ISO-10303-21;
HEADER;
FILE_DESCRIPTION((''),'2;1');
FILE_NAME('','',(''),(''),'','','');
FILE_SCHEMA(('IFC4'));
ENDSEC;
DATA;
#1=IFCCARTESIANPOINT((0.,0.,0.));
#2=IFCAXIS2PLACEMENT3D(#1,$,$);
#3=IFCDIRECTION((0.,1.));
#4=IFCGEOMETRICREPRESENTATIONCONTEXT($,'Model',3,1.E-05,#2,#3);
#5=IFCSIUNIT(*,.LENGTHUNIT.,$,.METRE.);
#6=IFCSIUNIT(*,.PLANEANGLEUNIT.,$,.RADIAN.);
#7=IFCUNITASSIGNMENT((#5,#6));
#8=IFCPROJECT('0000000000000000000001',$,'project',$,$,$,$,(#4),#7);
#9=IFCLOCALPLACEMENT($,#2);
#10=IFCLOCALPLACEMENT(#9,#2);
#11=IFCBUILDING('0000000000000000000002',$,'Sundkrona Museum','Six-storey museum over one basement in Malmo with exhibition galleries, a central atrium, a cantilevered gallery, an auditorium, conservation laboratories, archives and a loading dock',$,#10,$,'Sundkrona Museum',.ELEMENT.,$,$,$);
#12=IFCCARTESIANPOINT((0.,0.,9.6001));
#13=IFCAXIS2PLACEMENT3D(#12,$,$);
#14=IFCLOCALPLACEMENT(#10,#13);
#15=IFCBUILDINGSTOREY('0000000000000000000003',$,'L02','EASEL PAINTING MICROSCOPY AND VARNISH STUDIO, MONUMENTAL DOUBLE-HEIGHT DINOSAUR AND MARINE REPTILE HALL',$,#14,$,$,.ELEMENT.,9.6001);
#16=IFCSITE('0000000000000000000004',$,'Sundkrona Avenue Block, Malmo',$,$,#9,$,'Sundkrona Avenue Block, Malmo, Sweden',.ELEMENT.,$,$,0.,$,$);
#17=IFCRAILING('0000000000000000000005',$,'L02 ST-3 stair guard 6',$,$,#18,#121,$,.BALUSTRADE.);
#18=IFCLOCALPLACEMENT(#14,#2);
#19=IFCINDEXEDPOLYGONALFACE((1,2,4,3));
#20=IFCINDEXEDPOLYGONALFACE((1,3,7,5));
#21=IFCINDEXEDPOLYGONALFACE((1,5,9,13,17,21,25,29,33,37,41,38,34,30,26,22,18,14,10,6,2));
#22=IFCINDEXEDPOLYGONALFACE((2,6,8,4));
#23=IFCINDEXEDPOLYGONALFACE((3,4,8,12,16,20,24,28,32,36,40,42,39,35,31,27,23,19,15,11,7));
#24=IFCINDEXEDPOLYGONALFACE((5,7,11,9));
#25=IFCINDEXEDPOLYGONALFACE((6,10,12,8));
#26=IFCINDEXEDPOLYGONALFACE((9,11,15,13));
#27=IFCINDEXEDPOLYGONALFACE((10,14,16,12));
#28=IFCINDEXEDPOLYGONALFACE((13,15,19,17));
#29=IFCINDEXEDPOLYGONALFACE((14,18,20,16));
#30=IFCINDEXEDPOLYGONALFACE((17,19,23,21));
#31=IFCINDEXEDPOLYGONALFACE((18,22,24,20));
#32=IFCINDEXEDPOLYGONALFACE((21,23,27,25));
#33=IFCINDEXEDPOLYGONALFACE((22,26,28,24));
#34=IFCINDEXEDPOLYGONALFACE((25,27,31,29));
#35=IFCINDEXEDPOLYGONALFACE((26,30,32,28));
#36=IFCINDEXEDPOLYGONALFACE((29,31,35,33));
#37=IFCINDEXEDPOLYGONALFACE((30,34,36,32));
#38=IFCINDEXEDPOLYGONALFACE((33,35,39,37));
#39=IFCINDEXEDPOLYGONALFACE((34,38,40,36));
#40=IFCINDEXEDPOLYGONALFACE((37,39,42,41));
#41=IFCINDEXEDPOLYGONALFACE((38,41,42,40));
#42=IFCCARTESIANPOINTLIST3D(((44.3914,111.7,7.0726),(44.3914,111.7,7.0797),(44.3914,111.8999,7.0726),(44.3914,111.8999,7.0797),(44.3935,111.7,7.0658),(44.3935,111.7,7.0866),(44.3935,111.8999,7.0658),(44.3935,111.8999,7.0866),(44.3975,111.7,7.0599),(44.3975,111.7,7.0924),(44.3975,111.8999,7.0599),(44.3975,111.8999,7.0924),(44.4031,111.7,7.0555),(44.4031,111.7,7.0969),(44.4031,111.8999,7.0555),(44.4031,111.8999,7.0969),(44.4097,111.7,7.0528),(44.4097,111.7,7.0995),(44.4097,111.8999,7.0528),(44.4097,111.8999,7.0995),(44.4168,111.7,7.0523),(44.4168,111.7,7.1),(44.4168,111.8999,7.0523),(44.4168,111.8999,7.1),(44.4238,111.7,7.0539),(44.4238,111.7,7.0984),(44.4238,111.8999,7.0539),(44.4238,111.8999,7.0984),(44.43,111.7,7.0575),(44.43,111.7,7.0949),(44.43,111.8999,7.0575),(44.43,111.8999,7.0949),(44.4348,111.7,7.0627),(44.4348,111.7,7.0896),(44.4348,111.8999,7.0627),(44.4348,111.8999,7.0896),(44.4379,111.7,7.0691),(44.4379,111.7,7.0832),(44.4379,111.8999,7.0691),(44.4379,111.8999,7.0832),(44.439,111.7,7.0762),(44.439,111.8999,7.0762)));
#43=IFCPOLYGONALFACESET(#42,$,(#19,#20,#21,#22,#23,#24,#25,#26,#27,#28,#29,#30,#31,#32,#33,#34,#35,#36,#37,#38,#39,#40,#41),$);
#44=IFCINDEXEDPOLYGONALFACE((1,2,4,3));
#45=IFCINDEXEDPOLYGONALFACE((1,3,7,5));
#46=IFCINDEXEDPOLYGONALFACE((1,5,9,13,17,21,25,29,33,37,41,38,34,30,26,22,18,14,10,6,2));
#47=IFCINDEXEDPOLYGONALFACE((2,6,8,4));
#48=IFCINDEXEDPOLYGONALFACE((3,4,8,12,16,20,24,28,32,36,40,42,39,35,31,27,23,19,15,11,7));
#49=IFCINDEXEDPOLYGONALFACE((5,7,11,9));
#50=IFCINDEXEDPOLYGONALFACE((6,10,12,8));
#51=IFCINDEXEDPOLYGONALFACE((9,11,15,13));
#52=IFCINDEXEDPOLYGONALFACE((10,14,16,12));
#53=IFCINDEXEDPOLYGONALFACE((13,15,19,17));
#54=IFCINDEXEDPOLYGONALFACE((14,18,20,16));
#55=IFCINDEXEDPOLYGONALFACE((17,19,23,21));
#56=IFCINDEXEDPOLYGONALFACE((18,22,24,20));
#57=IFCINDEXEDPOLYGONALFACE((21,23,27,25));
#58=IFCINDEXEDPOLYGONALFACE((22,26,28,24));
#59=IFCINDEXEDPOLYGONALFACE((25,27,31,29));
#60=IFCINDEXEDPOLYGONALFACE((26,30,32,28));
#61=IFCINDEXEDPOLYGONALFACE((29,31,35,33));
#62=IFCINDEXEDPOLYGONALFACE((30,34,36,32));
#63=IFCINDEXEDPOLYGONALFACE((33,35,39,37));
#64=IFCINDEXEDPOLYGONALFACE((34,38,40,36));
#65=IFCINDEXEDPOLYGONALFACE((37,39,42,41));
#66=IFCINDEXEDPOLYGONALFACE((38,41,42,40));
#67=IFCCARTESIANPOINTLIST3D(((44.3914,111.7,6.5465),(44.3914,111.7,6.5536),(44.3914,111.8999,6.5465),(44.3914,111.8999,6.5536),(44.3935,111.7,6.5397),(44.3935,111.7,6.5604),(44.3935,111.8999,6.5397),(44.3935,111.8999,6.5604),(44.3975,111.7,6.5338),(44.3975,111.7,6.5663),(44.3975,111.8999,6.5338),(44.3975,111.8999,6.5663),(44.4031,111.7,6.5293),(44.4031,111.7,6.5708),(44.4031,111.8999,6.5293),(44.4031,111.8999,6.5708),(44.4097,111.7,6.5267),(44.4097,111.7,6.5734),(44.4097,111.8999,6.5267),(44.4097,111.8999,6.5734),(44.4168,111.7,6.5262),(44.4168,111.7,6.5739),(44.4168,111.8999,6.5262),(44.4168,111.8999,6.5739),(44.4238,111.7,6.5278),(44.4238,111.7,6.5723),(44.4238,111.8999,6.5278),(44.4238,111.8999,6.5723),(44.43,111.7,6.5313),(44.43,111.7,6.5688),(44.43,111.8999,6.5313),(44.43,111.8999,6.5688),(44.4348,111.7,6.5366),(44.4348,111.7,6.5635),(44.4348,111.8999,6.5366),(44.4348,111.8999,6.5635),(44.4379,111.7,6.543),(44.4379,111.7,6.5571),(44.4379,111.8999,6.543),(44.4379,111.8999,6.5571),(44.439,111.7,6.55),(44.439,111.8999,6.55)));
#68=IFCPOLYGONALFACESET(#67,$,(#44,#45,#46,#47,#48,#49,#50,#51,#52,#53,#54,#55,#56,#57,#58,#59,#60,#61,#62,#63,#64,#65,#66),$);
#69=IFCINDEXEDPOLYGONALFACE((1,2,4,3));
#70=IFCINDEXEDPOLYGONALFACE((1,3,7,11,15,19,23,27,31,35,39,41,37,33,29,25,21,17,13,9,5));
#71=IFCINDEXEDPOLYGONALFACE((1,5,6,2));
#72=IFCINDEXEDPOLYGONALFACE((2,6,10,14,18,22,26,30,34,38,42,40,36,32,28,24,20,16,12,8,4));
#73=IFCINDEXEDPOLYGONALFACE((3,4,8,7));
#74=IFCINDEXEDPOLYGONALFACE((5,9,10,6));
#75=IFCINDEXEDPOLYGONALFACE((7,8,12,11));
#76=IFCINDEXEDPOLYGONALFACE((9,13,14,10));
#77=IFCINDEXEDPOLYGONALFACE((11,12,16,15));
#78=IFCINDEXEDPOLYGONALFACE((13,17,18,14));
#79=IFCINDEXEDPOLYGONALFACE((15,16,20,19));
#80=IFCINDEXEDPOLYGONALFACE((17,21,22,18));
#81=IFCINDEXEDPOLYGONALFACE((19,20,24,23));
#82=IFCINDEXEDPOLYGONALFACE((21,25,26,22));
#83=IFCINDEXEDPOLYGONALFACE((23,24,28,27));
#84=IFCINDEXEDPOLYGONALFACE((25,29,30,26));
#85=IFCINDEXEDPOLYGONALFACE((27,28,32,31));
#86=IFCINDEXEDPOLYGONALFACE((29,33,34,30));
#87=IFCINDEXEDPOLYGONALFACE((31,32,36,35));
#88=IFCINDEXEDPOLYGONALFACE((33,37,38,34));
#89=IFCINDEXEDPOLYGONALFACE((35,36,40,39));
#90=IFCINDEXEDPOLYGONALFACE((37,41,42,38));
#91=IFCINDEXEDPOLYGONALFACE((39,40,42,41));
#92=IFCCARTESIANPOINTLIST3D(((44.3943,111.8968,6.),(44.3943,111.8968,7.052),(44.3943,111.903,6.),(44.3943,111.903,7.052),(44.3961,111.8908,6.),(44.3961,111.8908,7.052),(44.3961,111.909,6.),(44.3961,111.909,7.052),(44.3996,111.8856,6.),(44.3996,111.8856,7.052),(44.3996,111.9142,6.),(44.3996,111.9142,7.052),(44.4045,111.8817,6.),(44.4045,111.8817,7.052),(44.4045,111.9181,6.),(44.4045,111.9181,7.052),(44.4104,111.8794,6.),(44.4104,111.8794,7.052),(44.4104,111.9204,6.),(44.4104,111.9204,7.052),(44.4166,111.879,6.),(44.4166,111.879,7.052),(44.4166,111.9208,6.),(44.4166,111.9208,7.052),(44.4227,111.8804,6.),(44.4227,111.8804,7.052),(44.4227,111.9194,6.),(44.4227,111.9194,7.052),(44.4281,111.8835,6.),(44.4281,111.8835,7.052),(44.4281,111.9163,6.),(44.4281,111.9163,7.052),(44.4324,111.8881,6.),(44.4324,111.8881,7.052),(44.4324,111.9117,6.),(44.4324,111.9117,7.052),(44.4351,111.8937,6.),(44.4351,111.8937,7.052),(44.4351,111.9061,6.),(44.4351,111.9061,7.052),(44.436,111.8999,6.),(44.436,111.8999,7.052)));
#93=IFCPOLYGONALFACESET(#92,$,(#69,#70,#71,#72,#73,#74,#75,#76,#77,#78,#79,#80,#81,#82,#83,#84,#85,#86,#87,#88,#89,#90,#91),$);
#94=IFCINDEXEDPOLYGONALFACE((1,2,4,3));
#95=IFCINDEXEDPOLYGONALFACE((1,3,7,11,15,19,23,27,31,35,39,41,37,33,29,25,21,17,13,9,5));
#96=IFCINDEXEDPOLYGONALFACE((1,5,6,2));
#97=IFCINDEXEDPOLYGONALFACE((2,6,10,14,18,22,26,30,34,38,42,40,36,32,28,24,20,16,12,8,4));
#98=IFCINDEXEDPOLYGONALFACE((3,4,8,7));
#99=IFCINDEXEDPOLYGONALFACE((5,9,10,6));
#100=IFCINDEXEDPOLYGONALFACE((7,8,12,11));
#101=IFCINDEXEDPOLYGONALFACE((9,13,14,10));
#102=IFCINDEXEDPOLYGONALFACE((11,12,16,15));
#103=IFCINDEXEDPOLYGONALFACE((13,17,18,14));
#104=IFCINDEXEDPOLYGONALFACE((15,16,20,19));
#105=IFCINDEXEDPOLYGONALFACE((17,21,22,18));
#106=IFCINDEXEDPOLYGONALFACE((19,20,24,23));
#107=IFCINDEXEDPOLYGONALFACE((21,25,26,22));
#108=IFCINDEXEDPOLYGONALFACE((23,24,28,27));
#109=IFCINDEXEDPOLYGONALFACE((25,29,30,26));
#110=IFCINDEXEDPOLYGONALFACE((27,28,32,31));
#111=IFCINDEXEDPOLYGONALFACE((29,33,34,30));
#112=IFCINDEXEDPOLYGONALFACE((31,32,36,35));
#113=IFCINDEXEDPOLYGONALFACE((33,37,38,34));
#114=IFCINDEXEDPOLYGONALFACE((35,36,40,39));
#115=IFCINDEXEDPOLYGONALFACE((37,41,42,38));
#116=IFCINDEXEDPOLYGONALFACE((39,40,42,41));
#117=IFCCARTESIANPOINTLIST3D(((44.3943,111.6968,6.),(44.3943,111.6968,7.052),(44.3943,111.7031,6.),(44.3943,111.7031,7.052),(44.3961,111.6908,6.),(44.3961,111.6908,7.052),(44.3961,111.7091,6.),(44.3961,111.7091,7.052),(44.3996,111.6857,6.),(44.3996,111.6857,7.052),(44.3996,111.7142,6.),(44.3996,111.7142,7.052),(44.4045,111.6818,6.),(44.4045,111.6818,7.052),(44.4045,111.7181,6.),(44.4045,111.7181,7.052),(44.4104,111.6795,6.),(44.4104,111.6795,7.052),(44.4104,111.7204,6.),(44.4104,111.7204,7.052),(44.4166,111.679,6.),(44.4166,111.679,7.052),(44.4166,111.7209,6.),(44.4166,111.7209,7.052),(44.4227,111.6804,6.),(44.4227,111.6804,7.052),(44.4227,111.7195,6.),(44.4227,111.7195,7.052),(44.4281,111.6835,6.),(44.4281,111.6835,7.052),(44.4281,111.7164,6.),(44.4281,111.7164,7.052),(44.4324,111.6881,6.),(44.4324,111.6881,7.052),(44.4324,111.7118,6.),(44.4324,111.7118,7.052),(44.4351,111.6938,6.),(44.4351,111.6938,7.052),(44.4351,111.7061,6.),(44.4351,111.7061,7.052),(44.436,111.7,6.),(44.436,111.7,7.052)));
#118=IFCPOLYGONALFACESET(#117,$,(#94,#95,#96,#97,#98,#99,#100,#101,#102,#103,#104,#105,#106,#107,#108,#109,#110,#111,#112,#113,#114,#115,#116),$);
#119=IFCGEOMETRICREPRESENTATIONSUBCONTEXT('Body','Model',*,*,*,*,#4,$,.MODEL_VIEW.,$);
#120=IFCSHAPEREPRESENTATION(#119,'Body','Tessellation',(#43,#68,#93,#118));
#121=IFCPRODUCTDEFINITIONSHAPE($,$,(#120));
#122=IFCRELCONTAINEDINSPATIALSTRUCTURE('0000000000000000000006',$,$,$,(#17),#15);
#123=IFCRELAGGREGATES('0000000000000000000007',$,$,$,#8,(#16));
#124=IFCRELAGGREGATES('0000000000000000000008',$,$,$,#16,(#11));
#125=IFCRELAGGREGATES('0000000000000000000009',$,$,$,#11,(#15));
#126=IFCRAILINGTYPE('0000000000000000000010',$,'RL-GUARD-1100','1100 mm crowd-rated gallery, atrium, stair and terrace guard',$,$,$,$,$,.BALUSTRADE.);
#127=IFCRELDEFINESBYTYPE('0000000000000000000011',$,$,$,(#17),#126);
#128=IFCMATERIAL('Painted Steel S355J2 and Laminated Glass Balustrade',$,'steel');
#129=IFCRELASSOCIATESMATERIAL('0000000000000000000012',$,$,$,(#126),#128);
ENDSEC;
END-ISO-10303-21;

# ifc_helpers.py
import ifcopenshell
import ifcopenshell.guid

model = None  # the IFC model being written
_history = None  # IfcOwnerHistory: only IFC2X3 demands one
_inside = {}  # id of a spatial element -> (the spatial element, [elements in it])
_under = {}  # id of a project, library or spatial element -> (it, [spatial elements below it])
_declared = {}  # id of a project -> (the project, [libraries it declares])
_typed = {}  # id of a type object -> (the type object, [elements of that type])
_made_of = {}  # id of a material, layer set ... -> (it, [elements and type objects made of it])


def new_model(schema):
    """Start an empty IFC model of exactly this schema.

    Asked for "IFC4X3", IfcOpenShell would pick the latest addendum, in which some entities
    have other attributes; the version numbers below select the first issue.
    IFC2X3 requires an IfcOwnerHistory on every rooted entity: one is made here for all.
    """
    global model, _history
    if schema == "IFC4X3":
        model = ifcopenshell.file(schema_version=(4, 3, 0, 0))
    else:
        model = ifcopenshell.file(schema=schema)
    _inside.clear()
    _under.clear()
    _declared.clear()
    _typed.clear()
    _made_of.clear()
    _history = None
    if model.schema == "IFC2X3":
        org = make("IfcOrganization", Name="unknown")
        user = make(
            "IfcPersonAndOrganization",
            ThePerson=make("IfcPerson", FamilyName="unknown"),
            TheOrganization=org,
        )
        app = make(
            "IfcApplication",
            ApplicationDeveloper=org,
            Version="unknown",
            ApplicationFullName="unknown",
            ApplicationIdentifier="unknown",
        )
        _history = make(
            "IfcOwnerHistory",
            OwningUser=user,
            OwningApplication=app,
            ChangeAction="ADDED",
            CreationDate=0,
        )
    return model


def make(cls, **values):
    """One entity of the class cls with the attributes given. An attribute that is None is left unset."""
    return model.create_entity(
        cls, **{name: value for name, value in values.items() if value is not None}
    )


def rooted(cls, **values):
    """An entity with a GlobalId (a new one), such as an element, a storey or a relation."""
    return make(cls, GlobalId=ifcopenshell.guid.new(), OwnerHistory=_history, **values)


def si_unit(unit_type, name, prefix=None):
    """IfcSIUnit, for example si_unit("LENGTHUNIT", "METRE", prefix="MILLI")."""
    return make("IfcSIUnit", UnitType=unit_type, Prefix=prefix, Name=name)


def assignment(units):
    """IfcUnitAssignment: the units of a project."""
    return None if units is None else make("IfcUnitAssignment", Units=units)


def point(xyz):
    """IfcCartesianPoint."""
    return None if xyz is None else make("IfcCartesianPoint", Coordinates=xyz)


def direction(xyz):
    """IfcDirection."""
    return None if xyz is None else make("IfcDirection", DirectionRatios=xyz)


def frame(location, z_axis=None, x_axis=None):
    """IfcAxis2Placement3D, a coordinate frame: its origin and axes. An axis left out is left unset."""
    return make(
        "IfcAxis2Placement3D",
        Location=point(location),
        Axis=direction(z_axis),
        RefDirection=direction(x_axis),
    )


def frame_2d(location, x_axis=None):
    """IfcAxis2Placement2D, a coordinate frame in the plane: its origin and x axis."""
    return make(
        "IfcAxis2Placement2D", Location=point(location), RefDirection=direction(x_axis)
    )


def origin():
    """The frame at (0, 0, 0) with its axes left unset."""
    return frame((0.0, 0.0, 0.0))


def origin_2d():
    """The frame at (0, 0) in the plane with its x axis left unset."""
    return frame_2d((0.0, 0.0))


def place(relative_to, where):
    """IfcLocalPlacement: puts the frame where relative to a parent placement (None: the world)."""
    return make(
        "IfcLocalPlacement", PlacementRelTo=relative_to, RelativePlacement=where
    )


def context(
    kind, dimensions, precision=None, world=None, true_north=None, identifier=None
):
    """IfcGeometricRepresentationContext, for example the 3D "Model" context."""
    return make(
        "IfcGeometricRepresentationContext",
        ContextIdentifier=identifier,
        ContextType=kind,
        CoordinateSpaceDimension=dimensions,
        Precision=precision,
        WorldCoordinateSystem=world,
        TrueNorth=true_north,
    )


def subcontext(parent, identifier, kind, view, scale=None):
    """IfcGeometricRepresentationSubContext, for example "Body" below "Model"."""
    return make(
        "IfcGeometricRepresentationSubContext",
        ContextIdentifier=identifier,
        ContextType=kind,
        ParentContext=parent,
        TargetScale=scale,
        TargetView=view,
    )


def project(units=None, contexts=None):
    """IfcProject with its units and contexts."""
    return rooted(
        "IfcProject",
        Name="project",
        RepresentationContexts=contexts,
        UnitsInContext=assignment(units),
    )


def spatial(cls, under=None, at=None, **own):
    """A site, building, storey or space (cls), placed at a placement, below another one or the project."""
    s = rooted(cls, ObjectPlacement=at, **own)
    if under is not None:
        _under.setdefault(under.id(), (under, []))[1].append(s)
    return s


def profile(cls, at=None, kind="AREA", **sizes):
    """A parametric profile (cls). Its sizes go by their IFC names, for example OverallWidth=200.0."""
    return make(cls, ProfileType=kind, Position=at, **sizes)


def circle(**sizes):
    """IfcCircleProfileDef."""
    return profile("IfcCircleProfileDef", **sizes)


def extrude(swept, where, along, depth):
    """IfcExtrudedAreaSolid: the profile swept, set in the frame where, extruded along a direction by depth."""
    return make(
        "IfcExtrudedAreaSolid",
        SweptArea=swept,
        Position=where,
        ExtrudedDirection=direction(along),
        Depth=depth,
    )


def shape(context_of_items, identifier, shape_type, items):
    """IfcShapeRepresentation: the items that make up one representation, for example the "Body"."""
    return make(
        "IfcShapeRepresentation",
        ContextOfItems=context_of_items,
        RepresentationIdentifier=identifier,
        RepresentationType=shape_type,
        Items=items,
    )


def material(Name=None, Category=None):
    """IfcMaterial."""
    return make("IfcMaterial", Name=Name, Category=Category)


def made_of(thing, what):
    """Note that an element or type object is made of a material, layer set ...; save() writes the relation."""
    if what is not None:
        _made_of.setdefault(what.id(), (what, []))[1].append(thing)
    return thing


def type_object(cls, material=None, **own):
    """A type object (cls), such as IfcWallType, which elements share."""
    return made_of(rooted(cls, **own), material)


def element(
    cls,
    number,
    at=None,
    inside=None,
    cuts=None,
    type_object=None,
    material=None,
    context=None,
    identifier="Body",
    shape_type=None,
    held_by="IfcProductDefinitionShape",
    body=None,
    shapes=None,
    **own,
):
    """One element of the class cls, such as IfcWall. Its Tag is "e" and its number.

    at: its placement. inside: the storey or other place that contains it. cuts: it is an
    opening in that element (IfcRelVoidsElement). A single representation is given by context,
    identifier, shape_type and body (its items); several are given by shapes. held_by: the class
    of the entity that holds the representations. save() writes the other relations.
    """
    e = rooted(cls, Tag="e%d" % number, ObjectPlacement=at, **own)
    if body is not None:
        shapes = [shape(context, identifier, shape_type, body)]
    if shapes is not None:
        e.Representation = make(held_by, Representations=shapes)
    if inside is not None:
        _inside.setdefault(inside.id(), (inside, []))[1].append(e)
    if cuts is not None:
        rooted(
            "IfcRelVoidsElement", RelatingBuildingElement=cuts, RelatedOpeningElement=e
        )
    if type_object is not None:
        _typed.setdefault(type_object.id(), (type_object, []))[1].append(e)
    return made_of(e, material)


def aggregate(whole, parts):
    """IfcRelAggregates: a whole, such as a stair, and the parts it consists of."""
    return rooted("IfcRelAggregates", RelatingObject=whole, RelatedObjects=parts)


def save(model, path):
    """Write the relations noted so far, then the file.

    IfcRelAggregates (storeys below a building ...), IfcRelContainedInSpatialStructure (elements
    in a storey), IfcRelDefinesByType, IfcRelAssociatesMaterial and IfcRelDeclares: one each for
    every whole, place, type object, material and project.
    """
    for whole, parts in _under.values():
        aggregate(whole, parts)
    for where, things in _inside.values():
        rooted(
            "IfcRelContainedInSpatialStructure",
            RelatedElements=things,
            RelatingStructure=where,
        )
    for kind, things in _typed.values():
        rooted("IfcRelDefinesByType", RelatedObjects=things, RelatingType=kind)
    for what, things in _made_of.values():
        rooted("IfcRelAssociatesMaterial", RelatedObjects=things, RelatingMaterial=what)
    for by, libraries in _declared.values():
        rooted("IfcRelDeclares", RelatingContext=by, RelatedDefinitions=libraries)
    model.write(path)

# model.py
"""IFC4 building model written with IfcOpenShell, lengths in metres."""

from ifc_helpers import new_model, si_unit, direction, frame, origin, origin_2d, place, context, subcontext, project, spatial, circle, extrude, material, type_object, element, save


model = new_model("IFC4")

# Units and contexts
model_context = context("Model", 3, precision=1e-05, world=origin(), true_north=direction((0.0, 1.0)))
body_context = subcontext(model_context, "Body", "Model", "MODEL_VIEW")
ifc_project = project(units=[si_unit("LENGTHUNIT", "METRE"), si_unit("PLANEANGLEUNIT", "RADIAN")], contexts=[model_context])

# Site, building, storey
site_placement = place(None, origin())
site = spatial("IfcSite", under=ifc_project, at=site_placement, Name="Sundkrona Avenue Block, Malmo", LongName="Sundkrona Avenue Block, Malmo, Sweden", CompositionType="ELEMENT", RefElevation=0.0)
building_placement = place(site_placement, origin())
building = spatial("IfcBuilding", under=site, at=building_placement, Name="Sundkrona Museum", Description="Six-storey museum over one basement in Malmo with exhibition galleries, a central atrium, a cantilevered gallery, an auditorium, conservation laboratories, archives and a loading dock", LongName="Sundkrona Museum", CompositionType="ELEMENT")
storey_placement = place(building_placement, frame((0.0, 0.0, 9.6001)))
storey = spatial("IfcBuildingStorey", under=building, at=storey_placement, Name="L02", Description="EASEL PAINTING MICROSCOPY AND VARNISH STUDIO, MONUMENTAL DOUBLE-HEIGHT DINOSAUR AND MARINE REPTILE HALL", CompositionType="ELEMENT", Elevation=9.6001)

# Railing
ifc_material_1 = material(Name="Painted Steel S355J2 and Laminated Glass Balustrade", Category="steel")
railing_type_1 = type_object("IfcRailingType", Name="RL-GUARD-1100", Description="1100 mm crowd-rated gallery, atrium, stair and terrace guard", PredefinedType="BALUSTRADE", material=ifc_material_1)
railing_1_placement = place(storey_placement, frame((44.415, 111.8999, 6.0)))
element("IfcRailing", 1, at=railing_1_placement, inside=storey, type_object=railing_type_1, Name="L02 ST-3 stair guard 6", PredefinedType="BALUSTRADE", context=body_context, shape_type="SweptSolid", body=[
    extrude(circle(Radius=0.0239, at=origin_2d()), frame((0.0, 0.0, 1.0762), z_axis=(0.0, -1.0, 0.0), x_axis=(1.0, 0.0, 0.0)), (0.0, 0.0, 1.0), 0.2),
    extrude(circle(Radius=0.0239, at=origin_2d()), frame((0.0, 0.0, 0.55), z_axis=(0.0, -1.0, 0.0), x_axis=(1.0, 0.0, 0.0)), (0.0, 0.0, 1.0), 0.2),
    extrude(circle(Radius=0.021, at=origin_2d()), origin(), (0.0, 0.0, 1.0), 1.052),
    extrude(circle(Radius=0.021, at=origin_2d()), frame((0.0, -0.2, 0.0)), (0.0, 0.0, 1.0), 1.052),
])

save(model, "model.ifc")
